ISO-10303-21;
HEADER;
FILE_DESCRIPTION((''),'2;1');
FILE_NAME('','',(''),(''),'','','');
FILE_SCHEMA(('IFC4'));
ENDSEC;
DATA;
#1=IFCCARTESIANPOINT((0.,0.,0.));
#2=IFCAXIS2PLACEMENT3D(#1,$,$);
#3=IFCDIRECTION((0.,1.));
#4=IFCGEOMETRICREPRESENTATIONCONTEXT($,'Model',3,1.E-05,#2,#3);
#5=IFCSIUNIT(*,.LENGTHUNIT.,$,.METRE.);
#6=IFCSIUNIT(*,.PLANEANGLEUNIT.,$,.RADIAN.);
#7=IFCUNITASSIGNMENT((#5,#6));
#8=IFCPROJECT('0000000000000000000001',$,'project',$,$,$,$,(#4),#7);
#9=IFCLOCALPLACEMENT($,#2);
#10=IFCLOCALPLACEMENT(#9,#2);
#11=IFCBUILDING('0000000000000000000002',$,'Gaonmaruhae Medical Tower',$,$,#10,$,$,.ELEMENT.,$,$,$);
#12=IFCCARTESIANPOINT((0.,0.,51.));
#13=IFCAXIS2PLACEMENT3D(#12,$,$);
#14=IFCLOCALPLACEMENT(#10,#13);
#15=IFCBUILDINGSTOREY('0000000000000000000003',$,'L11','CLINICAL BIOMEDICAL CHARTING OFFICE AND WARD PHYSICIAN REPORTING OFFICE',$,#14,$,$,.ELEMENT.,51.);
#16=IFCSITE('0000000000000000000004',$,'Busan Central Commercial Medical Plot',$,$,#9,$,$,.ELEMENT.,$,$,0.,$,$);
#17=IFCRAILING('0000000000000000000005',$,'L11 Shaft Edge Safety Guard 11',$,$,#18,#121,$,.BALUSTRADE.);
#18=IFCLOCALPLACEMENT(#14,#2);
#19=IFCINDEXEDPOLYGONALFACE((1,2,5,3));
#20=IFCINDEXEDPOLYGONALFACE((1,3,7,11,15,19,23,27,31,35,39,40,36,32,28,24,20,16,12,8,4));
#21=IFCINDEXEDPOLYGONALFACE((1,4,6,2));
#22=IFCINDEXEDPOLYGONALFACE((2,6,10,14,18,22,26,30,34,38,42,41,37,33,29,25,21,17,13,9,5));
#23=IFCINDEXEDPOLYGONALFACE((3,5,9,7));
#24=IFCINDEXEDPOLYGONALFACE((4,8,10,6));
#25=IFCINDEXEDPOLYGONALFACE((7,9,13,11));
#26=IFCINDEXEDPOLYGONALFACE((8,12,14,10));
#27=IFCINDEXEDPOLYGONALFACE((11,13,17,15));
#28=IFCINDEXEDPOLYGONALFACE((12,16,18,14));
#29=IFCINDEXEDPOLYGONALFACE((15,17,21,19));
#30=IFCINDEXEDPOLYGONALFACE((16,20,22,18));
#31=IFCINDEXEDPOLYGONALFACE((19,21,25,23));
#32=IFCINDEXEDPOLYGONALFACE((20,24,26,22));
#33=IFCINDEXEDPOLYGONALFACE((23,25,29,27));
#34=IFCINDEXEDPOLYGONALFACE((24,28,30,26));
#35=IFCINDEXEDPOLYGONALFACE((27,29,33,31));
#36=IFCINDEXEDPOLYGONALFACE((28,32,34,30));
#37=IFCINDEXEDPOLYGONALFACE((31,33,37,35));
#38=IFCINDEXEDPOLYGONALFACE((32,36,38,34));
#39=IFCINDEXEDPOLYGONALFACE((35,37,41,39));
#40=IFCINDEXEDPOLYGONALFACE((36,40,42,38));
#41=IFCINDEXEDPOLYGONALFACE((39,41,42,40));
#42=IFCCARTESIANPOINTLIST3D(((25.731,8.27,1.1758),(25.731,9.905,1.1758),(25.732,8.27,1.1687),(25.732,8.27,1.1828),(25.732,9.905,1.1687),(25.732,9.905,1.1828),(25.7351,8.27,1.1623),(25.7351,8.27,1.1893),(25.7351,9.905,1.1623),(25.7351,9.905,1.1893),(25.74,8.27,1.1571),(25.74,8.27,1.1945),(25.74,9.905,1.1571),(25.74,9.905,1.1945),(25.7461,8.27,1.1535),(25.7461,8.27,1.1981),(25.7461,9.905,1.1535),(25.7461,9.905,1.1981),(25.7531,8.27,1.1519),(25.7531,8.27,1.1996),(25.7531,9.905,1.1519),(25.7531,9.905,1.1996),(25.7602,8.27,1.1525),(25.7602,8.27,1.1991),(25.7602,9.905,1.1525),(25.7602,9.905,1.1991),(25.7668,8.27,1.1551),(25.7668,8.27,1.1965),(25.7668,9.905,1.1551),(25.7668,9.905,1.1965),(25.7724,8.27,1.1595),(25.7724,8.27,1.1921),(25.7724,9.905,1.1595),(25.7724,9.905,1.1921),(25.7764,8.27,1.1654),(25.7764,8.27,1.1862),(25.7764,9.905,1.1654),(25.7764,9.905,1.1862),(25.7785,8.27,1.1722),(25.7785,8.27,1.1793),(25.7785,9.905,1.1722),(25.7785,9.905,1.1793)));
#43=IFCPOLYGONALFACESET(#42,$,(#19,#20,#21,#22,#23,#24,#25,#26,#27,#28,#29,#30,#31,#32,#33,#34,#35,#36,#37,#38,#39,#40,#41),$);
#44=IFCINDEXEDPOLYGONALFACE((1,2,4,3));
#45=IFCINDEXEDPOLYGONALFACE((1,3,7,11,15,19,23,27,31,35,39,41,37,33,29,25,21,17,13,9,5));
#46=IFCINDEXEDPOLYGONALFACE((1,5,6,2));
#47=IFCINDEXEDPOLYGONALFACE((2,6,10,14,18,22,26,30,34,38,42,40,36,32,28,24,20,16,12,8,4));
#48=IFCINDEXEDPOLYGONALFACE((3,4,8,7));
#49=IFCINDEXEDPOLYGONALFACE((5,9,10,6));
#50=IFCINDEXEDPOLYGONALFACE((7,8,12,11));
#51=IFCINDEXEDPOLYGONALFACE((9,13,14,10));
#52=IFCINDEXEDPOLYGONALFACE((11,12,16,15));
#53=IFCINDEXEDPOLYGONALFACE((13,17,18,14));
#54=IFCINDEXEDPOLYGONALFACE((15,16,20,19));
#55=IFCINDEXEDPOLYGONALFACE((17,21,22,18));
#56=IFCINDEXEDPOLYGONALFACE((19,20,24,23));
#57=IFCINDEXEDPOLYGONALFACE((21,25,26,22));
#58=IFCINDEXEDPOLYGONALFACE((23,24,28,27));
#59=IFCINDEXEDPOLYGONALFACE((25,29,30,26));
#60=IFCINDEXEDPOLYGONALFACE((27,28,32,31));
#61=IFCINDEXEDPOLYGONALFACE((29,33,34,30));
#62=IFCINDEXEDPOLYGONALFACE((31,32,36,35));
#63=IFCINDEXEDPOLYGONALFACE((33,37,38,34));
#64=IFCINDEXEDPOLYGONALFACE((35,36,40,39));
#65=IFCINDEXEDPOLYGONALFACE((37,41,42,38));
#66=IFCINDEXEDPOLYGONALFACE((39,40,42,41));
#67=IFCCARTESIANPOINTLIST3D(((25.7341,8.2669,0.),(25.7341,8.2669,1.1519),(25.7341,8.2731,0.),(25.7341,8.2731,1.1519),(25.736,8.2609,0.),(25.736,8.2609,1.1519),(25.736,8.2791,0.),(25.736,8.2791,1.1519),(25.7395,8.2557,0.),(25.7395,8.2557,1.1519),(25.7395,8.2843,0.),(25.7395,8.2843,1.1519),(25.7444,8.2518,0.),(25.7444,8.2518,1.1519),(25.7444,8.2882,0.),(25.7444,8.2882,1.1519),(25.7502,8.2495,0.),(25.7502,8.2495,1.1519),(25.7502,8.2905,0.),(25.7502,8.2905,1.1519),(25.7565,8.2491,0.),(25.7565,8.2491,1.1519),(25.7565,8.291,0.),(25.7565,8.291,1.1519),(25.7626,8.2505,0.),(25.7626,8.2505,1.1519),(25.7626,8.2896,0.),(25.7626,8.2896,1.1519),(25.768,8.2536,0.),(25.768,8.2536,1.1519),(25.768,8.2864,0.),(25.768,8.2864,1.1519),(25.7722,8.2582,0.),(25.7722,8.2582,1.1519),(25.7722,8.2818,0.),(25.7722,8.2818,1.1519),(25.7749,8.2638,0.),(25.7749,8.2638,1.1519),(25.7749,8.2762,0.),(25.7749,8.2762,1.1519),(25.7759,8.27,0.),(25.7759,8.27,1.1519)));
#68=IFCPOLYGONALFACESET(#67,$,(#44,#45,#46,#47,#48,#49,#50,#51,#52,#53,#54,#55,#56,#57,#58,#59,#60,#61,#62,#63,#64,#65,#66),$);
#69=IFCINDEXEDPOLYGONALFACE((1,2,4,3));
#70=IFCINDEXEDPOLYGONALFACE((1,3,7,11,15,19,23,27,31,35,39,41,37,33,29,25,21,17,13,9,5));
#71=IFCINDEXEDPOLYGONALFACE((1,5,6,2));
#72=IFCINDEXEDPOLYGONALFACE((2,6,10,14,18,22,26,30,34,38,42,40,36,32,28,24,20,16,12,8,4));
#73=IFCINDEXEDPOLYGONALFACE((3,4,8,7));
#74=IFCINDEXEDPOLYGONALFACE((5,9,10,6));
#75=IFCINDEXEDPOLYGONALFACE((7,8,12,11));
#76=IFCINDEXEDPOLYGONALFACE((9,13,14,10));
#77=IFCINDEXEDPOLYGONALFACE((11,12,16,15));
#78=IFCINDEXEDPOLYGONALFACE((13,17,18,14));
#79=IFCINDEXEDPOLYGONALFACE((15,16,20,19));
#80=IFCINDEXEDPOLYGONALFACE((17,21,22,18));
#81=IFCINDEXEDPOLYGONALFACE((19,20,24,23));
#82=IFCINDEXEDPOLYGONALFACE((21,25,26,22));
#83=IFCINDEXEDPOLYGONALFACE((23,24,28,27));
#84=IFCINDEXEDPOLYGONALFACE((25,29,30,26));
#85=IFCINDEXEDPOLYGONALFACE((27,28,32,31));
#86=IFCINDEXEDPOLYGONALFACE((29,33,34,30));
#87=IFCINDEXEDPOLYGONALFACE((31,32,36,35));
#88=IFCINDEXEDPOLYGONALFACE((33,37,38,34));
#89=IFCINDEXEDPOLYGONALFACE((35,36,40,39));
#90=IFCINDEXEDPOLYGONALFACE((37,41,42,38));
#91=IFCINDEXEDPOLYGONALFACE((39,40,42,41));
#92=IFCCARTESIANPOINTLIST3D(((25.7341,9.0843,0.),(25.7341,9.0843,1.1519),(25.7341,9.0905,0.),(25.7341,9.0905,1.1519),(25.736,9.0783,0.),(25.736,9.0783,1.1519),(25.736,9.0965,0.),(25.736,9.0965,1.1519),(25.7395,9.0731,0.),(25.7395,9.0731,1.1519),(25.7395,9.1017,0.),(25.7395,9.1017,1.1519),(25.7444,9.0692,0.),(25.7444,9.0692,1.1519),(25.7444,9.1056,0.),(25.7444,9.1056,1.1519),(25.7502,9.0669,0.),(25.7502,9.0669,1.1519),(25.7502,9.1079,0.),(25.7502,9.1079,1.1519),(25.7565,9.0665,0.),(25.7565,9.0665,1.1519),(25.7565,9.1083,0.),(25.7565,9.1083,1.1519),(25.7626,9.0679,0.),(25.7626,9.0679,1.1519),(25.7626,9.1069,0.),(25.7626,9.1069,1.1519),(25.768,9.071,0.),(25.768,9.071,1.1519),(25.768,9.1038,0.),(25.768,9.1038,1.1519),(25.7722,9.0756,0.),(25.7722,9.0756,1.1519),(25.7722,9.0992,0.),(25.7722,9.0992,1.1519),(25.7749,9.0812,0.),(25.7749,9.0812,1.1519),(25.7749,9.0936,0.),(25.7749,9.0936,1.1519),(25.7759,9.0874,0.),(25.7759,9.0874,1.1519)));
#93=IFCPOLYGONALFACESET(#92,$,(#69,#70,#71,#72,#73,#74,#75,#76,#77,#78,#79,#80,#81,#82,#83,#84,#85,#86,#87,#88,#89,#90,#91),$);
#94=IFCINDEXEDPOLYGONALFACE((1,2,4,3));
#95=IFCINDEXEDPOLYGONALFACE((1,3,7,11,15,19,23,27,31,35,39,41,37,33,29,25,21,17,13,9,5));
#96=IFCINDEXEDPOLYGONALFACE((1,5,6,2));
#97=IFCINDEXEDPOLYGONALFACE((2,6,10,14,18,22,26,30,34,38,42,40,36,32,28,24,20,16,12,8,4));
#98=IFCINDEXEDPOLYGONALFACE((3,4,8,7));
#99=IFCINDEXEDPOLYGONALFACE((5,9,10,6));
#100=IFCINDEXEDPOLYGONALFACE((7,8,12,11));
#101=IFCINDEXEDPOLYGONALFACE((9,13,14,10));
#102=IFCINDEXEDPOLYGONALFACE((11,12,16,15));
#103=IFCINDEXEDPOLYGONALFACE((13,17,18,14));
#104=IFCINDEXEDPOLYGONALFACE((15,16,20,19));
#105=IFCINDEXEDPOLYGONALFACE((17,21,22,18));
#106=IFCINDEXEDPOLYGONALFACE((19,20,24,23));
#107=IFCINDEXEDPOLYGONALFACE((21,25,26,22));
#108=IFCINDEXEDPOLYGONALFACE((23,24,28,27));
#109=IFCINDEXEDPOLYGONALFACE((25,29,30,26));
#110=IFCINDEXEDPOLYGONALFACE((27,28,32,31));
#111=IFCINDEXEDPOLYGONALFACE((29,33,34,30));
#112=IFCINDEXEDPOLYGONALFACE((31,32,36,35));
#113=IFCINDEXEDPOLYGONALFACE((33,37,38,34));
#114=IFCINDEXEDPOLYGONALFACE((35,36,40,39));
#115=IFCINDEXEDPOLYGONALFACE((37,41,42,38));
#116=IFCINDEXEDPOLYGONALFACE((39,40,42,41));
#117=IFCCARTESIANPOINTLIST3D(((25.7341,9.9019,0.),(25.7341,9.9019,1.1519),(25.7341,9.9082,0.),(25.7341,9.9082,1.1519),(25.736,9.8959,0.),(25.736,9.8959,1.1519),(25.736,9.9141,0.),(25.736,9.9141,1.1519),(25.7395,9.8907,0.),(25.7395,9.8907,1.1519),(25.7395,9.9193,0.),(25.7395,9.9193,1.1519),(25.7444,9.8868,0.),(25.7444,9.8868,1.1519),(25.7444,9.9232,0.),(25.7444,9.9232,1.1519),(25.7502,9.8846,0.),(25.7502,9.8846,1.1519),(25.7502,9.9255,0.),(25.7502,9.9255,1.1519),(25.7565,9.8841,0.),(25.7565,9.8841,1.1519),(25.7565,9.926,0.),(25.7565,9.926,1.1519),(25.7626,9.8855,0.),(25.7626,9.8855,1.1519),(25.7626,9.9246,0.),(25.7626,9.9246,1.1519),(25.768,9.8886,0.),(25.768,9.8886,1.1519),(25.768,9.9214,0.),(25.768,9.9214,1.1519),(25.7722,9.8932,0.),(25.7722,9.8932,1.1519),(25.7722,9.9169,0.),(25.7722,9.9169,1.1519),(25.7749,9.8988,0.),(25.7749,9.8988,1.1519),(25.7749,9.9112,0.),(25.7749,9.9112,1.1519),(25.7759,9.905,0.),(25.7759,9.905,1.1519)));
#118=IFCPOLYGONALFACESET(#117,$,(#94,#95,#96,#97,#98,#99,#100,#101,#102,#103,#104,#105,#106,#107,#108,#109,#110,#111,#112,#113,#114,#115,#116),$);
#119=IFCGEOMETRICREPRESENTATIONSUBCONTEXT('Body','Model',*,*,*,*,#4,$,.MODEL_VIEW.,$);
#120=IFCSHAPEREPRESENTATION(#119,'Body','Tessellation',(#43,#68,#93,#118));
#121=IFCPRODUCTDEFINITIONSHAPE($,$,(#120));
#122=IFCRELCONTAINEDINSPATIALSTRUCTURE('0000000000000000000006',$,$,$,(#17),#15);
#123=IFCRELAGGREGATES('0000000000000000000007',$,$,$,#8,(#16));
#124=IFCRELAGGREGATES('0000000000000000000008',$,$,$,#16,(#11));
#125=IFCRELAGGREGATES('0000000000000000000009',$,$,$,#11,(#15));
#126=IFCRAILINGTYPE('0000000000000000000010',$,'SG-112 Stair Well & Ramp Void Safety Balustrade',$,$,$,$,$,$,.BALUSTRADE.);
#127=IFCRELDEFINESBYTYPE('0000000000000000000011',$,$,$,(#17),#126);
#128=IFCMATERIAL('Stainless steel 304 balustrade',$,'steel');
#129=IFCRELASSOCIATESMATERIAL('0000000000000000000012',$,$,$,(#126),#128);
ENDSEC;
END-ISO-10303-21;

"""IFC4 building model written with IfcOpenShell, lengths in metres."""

from ifc_helpers import new_model, si_unit, direction, frame, origin, origin_2d, place, context, subcontext, project, spatial, circle, extrude, material, type_object, element, save


model = new_model("IFC4")

# Units and contexts
model_context = context("Model", 3, precision=1e-05, world=origin(), true_north=direction((0.0, 1.0)))
body_context = subcontext(model_context, "Body", "Model", "MODEL_VIEW")
ifc_project = project(units=[si_unit("LENGTHUNIT", "METRE"), si_unit("PLANEANGLEUNIT", "RADIAN")], contexts=[model_context])

# Site, building, storey
site_placement = place(None, origin())
site = spatial("IfcSite", under=ifc_project, at=site_placement, Name="Busan Central Commercial Medical Plot", CompositionType="ELEMENT", RefElevation=0.0)
building_placement = place(site_placement, origin())
building = spatial("IfcBuilding", under=site, at=building_placement, Name="Gaonmaruhae Medical Tower", CompositionType="ELEMENT")
storey_placement = place(building_placement, frame((0.0, 0.0, 51.0)))
storey = spatial("IfcBuildingStorey", under=building, at=storey_placement, Name="L11", Description="CLINICAL BIOMEDICAL CHARTING OFFICE AND WARD PHYSICIAN REPORTING OFFICE", CompositionType="ELEMENT", Elevation=51.0)

# Railing
ifc_material_1 = material(Name="Stainless steel 304 balustrade", Category="steel")
railing_type_1 = type_object("IfcRailingType", Name="SG-112 Stair Well & Ramp Void Safety Balustrade", PredefinedType="BALUSTRADE", material=ifc_material_1)
railing_1_placement = place(storey_placement, frame((25.7549, 8.27, 0.0)))
element("IfcRailing", 1, at=railing_1_placement, inside=storey, type_object=railing_type_1, Name="L11 Shaft Edge Safety Guard 11", PredefinedType="BALUSTRADE", context=body_context, shape_type="SweptSolid", body=[
    extrude(circle(Radius=0.0239, at=origin_2d()), frame((0.0, 0.0, 1.1758), z_axis=(0.0, 1.0, 0.0), x_axis=(-1.0, 0.0, 0.0)), (0.0, 0.0, 1.0), 1.635),
    extrude(circle(Radius=0.021, at=origin_2d()), origin(), (0.0, 0.0, 1.0), 1.1519),
    extrude(circle(Radius=0.021, at=origin_2d()), frame((0.0, 0.8174, 0.0)), (0.0, 0.0, 1.0), 1.1519),
    extrude(circle(Radius=0.021, at=origin_2d()), frame((0.0, 1.635, 0.0)), (0.0, 0.0, 1.0), 1.1519),
])

save(model, "model.ifc")
